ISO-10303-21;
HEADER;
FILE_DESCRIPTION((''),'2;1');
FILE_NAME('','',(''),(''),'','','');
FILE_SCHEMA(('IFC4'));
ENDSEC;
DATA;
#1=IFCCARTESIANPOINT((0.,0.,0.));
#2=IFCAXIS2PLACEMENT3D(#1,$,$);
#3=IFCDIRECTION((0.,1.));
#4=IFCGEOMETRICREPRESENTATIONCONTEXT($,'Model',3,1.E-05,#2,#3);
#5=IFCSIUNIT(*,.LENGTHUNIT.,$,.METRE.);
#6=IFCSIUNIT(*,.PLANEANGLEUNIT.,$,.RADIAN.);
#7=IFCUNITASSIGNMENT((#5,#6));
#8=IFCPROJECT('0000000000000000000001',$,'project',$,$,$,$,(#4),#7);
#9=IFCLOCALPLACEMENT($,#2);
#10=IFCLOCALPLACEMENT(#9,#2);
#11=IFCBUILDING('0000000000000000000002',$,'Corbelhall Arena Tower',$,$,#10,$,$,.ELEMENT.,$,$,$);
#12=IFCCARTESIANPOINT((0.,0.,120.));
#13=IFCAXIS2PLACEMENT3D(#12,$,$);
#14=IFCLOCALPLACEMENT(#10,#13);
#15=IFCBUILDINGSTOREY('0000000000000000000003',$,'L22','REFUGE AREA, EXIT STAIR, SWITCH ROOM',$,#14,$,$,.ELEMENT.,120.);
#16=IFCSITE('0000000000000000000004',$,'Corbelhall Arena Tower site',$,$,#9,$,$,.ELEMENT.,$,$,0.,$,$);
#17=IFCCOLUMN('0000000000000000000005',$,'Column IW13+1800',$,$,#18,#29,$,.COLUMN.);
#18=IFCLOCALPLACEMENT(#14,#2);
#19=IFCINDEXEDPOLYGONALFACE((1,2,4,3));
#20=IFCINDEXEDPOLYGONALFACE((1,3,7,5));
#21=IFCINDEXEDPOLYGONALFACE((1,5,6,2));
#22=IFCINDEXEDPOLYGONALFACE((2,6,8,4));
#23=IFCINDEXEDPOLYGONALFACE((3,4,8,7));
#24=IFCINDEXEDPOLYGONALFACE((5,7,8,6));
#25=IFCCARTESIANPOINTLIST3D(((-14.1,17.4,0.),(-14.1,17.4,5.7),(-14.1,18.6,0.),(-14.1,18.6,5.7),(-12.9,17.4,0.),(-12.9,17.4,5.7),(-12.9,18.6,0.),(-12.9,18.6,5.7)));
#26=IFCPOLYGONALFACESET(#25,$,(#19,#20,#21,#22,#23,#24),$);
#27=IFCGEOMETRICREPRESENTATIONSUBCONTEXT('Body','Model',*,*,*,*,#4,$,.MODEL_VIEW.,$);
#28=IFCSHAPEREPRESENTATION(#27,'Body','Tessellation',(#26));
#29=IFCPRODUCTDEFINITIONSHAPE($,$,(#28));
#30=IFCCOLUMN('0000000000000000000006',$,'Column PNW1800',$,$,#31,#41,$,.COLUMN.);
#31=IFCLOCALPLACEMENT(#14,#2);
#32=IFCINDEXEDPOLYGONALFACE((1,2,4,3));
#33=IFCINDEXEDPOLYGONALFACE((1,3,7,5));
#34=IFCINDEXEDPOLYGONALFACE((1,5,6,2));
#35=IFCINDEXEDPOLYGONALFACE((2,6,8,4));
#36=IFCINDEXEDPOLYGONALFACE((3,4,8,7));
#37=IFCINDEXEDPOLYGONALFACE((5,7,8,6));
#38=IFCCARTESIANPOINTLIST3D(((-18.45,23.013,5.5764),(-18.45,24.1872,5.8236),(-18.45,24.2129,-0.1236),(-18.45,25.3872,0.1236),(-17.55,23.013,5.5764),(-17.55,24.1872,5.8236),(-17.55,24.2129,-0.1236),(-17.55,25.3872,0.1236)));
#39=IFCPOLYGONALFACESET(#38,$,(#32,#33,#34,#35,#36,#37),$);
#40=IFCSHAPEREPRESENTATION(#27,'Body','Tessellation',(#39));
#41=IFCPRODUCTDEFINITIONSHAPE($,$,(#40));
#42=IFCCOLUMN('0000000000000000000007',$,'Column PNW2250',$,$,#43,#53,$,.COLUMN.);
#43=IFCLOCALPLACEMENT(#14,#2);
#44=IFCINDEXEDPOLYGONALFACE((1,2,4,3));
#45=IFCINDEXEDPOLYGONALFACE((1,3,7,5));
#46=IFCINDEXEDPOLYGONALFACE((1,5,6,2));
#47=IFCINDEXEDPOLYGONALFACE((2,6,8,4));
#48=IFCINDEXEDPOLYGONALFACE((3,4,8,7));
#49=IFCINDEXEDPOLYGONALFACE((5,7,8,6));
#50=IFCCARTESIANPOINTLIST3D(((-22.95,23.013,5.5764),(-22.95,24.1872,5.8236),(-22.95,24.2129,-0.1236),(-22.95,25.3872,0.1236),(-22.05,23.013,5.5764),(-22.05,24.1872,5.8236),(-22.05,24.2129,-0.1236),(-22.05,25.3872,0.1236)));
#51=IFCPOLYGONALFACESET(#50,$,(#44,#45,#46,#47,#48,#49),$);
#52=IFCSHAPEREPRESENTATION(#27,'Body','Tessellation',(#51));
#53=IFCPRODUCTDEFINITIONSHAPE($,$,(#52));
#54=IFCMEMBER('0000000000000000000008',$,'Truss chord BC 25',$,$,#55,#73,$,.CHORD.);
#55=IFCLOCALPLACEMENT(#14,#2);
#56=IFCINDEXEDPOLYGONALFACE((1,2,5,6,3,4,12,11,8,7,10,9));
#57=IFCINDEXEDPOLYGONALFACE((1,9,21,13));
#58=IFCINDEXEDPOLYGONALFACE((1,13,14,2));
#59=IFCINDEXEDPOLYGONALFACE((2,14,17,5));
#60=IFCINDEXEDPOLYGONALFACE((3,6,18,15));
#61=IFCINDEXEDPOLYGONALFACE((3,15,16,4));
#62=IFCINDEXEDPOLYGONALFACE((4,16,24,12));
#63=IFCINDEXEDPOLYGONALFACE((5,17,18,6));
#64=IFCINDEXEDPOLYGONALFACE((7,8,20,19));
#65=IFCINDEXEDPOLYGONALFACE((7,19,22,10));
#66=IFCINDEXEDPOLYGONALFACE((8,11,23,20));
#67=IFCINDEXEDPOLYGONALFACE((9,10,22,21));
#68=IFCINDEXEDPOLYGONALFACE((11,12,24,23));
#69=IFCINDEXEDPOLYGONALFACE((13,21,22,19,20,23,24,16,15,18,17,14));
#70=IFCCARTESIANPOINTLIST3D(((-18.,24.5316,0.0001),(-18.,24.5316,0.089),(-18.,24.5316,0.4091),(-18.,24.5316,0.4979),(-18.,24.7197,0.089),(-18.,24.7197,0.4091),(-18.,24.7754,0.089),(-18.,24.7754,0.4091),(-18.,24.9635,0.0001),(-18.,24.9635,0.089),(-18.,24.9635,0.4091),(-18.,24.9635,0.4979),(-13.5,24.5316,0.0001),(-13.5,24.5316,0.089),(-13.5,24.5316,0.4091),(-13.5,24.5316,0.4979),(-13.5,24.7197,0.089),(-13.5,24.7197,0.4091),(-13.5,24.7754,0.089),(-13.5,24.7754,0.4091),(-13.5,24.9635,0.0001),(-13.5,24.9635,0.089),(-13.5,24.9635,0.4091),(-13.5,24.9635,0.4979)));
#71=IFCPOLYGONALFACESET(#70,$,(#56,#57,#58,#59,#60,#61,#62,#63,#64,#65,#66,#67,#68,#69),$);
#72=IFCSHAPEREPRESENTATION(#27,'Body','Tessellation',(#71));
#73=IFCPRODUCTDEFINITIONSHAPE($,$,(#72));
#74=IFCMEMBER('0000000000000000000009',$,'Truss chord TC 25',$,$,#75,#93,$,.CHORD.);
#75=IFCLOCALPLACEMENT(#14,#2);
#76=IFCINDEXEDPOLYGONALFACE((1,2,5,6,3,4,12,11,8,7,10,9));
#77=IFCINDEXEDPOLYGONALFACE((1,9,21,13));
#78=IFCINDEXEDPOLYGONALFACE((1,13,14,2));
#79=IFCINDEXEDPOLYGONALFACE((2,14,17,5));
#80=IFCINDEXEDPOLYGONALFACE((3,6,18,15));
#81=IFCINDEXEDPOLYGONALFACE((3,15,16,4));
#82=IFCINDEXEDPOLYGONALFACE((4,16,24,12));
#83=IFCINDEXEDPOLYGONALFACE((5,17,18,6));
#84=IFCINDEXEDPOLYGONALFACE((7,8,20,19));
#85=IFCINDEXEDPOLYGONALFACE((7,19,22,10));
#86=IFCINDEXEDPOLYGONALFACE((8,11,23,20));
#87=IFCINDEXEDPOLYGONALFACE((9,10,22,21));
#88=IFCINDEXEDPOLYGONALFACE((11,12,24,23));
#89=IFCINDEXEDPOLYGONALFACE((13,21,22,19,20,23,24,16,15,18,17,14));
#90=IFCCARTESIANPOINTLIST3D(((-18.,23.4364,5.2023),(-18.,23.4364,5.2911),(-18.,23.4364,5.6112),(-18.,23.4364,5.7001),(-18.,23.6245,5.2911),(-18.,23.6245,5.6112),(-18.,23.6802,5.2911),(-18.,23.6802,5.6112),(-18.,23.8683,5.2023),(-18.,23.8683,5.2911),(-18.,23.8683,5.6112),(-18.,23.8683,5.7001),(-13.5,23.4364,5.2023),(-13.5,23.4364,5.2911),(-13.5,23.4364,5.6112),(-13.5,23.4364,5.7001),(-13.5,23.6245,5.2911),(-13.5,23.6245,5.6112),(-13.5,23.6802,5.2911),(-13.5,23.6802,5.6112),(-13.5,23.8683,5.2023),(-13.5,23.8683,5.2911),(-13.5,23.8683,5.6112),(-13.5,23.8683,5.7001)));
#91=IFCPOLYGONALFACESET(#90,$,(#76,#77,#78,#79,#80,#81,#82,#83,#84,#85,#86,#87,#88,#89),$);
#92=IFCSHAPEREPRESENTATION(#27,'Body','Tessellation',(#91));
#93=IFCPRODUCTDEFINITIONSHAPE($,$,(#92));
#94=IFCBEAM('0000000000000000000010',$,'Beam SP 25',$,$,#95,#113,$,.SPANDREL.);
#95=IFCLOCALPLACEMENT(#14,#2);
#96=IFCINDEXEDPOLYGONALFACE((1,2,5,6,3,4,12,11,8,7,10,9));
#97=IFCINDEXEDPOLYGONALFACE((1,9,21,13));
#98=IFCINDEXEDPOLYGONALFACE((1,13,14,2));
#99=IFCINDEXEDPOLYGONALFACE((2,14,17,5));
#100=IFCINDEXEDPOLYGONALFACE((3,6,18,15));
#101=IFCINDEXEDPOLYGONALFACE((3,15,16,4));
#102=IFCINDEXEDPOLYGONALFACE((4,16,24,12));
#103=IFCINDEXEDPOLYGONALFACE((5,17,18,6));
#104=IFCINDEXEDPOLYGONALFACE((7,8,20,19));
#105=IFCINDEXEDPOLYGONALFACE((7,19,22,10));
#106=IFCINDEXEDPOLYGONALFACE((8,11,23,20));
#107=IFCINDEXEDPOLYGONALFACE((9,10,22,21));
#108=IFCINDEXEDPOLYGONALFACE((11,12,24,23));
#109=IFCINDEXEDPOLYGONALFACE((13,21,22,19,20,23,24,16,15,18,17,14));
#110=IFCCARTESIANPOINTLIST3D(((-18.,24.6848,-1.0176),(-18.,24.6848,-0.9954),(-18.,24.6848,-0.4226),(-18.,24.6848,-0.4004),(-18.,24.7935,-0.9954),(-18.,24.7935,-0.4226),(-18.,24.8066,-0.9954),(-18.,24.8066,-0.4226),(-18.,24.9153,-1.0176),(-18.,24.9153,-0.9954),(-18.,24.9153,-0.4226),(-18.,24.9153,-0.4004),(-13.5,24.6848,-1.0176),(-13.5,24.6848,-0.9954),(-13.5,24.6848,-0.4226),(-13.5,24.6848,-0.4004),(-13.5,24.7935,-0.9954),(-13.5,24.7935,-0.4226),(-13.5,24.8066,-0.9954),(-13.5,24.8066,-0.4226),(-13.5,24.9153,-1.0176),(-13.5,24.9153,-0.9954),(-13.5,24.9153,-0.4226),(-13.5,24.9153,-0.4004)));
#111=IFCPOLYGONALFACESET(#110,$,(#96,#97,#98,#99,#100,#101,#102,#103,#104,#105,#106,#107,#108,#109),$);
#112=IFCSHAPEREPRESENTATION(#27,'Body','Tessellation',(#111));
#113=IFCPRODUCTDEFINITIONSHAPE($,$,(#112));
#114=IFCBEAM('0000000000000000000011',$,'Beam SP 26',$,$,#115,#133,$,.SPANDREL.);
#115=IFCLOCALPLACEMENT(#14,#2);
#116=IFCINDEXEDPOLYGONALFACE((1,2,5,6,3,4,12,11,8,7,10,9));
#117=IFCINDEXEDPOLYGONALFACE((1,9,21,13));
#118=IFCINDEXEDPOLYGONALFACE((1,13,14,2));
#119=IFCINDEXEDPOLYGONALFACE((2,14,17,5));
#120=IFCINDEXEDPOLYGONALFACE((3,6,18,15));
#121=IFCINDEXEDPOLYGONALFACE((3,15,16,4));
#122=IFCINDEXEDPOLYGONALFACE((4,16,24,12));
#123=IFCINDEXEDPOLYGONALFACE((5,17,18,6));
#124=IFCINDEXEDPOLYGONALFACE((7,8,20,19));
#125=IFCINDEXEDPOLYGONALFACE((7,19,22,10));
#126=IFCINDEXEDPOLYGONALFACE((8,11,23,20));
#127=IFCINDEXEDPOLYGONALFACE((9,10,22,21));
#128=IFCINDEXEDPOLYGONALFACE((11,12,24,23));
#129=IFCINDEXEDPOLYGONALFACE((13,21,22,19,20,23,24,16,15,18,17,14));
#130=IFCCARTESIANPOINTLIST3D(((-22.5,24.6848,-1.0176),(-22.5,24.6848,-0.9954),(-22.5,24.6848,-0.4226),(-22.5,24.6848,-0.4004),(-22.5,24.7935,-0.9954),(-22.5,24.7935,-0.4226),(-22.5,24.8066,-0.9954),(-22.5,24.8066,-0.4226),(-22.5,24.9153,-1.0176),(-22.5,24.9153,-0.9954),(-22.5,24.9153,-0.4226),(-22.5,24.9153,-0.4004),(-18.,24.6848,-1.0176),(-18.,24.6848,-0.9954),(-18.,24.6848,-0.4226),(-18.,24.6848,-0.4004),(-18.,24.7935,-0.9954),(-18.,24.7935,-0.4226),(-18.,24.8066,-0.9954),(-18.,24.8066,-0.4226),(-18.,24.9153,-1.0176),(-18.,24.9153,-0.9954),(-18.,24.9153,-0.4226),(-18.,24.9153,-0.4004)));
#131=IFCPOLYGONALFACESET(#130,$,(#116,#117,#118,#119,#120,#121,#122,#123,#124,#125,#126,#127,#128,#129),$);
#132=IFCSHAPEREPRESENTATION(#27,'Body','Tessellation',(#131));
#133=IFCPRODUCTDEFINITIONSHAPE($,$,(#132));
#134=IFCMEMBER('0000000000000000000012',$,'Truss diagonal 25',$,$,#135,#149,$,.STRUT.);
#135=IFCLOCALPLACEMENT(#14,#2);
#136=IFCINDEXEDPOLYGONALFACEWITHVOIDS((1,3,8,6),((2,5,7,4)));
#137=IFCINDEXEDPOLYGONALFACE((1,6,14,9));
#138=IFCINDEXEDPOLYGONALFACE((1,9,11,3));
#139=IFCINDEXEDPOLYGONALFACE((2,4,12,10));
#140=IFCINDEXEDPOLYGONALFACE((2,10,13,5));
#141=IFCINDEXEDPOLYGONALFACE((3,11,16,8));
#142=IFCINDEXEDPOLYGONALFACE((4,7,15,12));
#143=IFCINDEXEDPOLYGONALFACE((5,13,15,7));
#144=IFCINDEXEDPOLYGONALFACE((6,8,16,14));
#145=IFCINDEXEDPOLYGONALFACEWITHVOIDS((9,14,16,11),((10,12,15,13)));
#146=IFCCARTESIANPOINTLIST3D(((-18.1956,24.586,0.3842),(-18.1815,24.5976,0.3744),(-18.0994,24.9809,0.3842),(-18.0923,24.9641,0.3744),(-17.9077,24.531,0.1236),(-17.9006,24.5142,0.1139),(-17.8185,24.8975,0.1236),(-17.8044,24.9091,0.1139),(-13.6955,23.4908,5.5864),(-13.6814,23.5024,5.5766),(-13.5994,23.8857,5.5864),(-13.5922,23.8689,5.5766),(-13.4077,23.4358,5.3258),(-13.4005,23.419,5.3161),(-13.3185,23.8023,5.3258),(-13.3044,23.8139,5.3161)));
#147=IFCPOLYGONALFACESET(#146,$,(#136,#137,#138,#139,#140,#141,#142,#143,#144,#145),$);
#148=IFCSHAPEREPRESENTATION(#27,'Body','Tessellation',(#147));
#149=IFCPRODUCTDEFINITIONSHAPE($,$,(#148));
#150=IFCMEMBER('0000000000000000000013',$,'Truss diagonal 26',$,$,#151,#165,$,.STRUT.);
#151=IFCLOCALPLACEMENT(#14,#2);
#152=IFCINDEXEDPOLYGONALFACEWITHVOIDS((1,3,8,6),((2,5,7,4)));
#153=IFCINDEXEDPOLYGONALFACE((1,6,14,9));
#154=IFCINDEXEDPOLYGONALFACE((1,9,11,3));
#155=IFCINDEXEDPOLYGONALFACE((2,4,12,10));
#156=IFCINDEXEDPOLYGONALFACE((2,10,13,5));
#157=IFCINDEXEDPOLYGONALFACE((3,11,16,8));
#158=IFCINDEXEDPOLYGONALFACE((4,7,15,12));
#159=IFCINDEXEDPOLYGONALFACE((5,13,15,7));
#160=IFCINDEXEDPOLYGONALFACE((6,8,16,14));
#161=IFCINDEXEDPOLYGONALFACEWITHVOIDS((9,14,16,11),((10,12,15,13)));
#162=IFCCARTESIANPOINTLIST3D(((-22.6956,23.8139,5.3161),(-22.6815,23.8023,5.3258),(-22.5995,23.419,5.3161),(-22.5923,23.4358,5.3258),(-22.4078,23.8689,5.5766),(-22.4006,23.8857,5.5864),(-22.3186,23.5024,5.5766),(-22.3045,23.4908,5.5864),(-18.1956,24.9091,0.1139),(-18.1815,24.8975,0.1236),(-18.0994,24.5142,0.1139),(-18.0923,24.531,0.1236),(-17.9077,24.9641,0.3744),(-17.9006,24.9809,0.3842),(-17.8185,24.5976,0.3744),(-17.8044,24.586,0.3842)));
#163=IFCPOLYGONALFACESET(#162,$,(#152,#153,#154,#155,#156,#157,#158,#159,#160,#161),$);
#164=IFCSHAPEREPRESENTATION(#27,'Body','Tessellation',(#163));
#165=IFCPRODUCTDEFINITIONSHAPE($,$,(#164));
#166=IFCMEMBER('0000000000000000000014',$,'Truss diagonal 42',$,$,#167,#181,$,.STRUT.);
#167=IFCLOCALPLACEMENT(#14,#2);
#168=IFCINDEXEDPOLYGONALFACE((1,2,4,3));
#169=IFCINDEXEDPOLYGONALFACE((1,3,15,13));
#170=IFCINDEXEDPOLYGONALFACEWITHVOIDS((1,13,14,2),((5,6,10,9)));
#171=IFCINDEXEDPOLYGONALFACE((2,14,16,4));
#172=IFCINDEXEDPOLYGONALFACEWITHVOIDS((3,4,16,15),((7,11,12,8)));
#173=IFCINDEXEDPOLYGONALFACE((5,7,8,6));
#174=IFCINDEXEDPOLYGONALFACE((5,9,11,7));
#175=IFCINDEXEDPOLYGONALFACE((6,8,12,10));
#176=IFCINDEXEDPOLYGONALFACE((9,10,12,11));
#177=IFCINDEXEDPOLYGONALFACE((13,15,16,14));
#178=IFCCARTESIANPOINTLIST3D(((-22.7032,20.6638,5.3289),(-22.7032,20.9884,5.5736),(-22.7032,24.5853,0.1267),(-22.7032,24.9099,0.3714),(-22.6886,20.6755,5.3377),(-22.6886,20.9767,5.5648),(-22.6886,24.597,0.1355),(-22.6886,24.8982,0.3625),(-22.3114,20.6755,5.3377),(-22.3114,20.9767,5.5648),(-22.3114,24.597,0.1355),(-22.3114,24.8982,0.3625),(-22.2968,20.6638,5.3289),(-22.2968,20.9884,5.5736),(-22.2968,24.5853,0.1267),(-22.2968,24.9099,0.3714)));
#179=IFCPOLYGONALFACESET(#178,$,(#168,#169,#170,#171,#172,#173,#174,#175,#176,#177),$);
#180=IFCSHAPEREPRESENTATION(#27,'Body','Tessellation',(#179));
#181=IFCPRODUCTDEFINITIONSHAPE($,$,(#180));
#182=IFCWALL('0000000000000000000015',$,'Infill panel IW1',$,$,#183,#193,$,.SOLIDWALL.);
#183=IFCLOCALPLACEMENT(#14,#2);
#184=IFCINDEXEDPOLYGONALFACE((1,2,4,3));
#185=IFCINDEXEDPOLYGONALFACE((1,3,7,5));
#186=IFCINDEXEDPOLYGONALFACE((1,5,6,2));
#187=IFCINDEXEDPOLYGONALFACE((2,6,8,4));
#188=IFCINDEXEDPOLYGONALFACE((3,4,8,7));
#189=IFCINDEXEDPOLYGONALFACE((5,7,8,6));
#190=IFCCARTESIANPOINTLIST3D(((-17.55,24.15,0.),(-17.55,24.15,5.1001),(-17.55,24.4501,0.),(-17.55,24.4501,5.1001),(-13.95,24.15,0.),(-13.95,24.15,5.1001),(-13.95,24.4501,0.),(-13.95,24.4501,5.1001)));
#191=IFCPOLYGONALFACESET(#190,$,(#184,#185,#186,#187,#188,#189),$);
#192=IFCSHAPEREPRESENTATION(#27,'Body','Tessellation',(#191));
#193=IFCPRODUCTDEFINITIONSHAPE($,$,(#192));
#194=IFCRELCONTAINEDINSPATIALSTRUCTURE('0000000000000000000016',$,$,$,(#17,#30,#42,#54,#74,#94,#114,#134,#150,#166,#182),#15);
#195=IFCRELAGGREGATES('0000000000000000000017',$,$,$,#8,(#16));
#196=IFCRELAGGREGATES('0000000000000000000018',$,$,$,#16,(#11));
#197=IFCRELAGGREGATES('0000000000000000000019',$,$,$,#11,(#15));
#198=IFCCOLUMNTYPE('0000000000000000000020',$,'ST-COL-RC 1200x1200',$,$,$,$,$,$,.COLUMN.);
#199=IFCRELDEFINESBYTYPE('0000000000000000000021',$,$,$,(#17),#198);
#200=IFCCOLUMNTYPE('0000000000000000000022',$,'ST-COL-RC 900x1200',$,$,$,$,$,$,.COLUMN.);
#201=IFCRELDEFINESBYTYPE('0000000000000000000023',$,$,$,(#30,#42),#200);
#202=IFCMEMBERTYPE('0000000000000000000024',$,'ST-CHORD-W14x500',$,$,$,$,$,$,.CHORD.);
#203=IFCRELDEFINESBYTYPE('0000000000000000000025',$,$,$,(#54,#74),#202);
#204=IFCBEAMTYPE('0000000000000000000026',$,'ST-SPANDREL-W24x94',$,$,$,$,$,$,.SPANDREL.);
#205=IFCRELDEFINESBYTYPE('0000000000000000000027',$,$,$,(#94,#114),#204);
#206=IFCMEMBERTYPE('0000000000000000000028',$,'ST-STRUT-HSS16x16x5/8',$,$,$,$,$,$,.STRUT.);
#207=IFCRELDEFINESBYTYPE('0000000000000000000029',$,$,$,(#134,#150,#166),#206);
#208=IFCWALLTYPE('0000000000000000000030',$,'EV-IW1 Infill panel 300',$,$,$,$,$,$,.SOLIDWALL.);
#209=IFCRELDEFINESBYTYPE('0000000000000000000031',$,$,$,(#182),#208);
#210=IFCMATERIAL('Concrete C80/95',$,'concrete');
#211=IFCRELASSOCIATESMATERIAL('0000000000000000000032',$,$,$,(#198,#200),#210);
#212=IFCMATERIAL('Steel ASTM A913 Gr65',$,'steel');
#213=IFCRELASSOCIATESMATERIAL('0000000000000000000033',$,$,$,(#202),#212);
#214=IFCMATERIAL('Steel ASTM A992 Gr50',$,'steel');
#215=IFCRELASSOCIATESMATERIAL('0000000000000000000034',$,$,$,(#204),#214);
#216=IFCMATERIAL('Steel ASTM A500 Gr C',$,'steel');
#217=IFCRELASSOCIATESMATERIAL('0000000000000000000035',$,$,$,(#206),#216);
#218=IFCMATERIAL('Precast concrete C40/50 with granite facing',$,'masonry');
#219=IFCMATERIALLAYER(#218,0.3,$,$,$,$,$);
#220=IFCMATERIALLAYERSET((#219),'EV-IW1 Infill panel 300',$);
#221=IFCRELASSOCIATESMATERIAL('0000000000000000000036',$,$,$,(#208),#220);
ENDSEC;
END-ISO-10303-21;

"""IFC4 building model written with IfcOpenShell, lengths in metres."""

from ifc_helpers import new_model, si_unit, direction, frame, frame_2d, origin, origin_2d, place, context, subcontext, project, spatial, rectangle, hollow_rectangle, i_section, extrude, material, layer, layer_set, material_profile, profile_set, type_object, element, save


model = new_model("IFC4")

# Units and contexts
model_context = context("Model", 3, precision=1e-05, world=origin(), true_north=direction((0.0, 1.0)))
body_context = subcontext(model_context, "Body", "Model", "MODEL_VIEW")
ifc_project = project(units=[si_unit("LENGTHUNIT", "METRE"), si_unit("PLANEANGLEUNIT", "RADIAN")], contexts=[model_context])

# Site, building, storey
site_placement = place(None, origin())
site = spatial("IfcSite", under=ifc_project, at=site_placement, Name="Corbelhall Arena Tower site", CompositionType="ELEMENT", RefElevation=0.0)
building_placement = place(site_placement, origin())
building = spatial("IfcBuilding", under=site, at=building_placement, Name="Corbelhall Arena Tower", CompositionType="ELEMENT")
storey_placement = place(building_placement, frame((0.0, 0.0, 120.0)))
storey = spatial("IfcBuildingStorey", under=building, at=storey_placement, Name="L22", Description="REFUGE AREA, EXIT STAIR, SWITCH ROOM", CompositionType="ELEMENT", Elevation=120.0)

# Columns
ifc_material_1 = material(Name="Concrete C80/95", Category="concrete")
ifc_material_profile_1 = material_profile(ifc_material_1, rectangle(XDim=1.2, YDim=1.2, at=origin_2d()))
ifc_profile_set_1 = profile_set([ifc_material_profile_1], Name="Concrete C80/95")
column_type_1 = type_object("IfcColumnType", Name="ST-COL-RC 1200x1200", PredefinedType="COLUMN", material=ifc_profile_set_1)
column_placement = place(storey_placement, frame((-13.5, 18.0, 0.0), z_axis=(0.0, 0.0, 1.0), x_axis=(1.0, 0.0, 0.0)))
element("IfcColumn", 1, at=column_placement, inside=storey, type_object=column_type_1, Name="Column IW13+1800", PredefinedType="COLUMN", context=body_context, shape_type="SweptSolid", body=[
    extrude(rectangle(XDim=1.2, YDim=1.2, at=origin_2d()), origin(), (0.0, 0.0, 1.0), 5.7),
])
ifc_material_profile_2 = material_profile(ifc_material_1, rectangle(XDim=0.8999, YDim=1.2, at=origin_2d()))
ifc_profile_set_2 = profile_set([ifc_material_profile_2], Name="Concrete C80/95")
column_type_2 = type_object("IfcColumnType", Name="ST-COL-RC 900x1200", PredefinedType="COLUMN", material=ifc_profile_set_2)
for number, where, z_axis, x_axis, name in (
    (2, (-18.0, 24.8, 0.0), (0.0, -0.206004, 0.978551), (1.0, 0.0, 0.0), "Column PNW1800"),
    (3, (-22.5, 24.8, 0.0), (0.0, -0.206004, 0.978551), (1.0, 0.0, 0.0), "Column PNW2250"),
):
    element("IfcColumn", number, at=place(storey_placement, frame(where, z_axis=z_axis, x_axis=x_axis)), inside=storey, type_object=column_type_2, Name=name, PredefinedType="COLUMN", context=body_context, shape_type="SweptSolid", body=[
        extrude(rectangle(XDim=0.8999, YDim=1.2, at=origin_2d()), origin(), (0.0, 0.0, 1.0), 5.825),
    ])

# Members
ifc_material_2 = material(Name="Steel ASTM A913 Gr65", Category="steel")
ifc_material_profile_3 = material_profile(ifc_material_2, i_section(OverallWidth=0.4319, OverallDepth=0.4978, WebThickness=0.0557, FlangeThickness=0.0889, at=origin_2d()))
ifc_profile_set_3 = profile_set([ifc_material_profile_3], Name="Steel ASTM A913 Gr65")
member_type_1 = type_object("IfcMemberType", Name="ST-CHORD-W14x500", PredefinedType="CHORD", material=ifc_profile_set_3)
for number, where, z_axis, x_axis, name in (
    (4, (-18.0, 24.7476, 0.249), (1.0, 0.0, 0.0), (0.0, 1.0, 0.0), "Truss chord BC 25"),
    (5, (-18.0, 23.6523, 5.4512), (1.0, 0.0, 0.0), (0.0, 1.0, 0.0), "Truss chord TC 25"),
):
    element("IfcMember", number, at=place(storey_placement, frame(where, z_axis=z_axis, x_axis=x_axis)), inside=storey, type_object=member_type_1, Name=name, PredefinedType="CHORD", context=body_context, shape_type="SweptSolid", body=[
        extrude(i_section(OverallWidth=0.4319, OverallDepth=0.4978, WebThickness=0.0557, FlangeThickness=0.0889, at=origin_2d()), origin(), (0.0, 0.0, 1.0), 4.5),
    ])

# Beams
ifc_material_3 = material(Name="Steel ASTM A992 Gr50", Category="steel")
ifc_material_profile_4 = material_profile(ifc_material_3, i_section(OverallWidth=0.2305, OverallDepth=0.6172, WebThickness=0.0132, FlangeThickness=0.0222, at=origin_2d()))
ifc_profile_set_4 = profile_set([ifc_material_profile_4], Name="Steel ASTM A992 Gr50")
beam_type = type_object("IfcBeamType", Name="ST-SPANDREL-W24x94", PredefinedType="SPANDREL", material=ifc_profile_set_4)
for number, where, z_axis, x_axis, name in (
    (6, (-18.0, 24.8, -0.709), (1.0, 0.0, 0.0), (0.0, 1.0, 0.0), "Beam SP 25"),
    (7, (-22.5, 24.8, -0.709), (1.0, 0.0, 0.0), (0.0, 1.0, 0.0), "Beam SP 26"),
):
    element("IfcBeam", number, at=place(storey_placement, frame(where, z_axis=z_axis, x_axis=x_axis)), inside=storey, type_object=beam_type, Name=name, PredefinedType="SPANDREL", context=body_context, shape_type="SweptSolid", body=[
        extrude(i_section(OverallWidth=0.2305, OverallDepth=0.6172, WebThickness=0.0132, FlangeThickness=0.0222, at=origin_2d()), origin(), (0.0, 0.0, 1.0), 4.5),
    ])

# Members
ifc_material_4 = material(Name="Steel ASTM A500 Gr C", Category="steel")
ifc_material_profile_5 = material_profile(ifc_material_4, hollow_rectangle(XDim=0.4065, YDim=0.4065, WallThickness=0.0146, at=origin_2d()))
ifc_profile_set_5 = profile_set([ifc_material_profile_5], Name="Steel ASTM A500 Gr C")
member_type_2 = type_object("IfcMemberType", Name="ST-STRUT-HSS16x16x5/8", PredefinedType="STRUT", material=ifc_profile_set_5)
for number, where, z_axis, x_axis, name in (
    (8, (-18.0, 24.7476, 0.249), (0.646083, -0.157244, 0.746894), (0.236478, 0.971637, 0.0), "Truss diagonal 25"),
    (9, (-18.0, 24.7476, 0.249), (-0.646083, -0.157244, 0.746894), (0.236478, -0.971637, 0.0), "Truss diagonal 26"),
):
    element("IfcMember", number, at=place(storey_placement, frame(where, z_axis=z_axis, x_axis=x_axis)), inside=storey, type_object=member_type_2, Name=name, PredefinedType="STRUT", context=body_context, shape_type="SweptSolid", body=[
        extrude(hollow_rectangle(XDim=0.4065, YDim=0.4065, WallThickness=0.0146, at=origin_2d()), origin(), (0.0, 0.0, 1.0), 6.9651),
    ])
member_placement = place(storey_placement, frame((-22.5, 24.7476, 0.249), z_axis=(0.0, -0.601941, 0.798541), x_axis=(1.0, 0.0, 0.0)))
element("IfcMember", 10, at=member_placement, inside=storey, type_object=member_type_2, Name="Truss diagonal 42", PredefinedType="STRUT", context=body_context, shape_type="SweptSolid", body=[
    extrude(hollow_rectangle(XDim=0.4065, YDim=0.4065, WallThickness=0.0146, at=origin_2d()), origin(), (0.0, 0.0, 1.0), 6.5146),
])

# Wall
ifc_material_5 = material(Name="Precast concrete C40/50 with granite facing", Category="masonry")
ifc_layer_1 = layer(ifc_material_5, 0.3)
ifc_layer_set_1 = layer_set([ifc_layer_1], Name="EV-IW1 Infill panel 300")
wall_type_1 = type_object("IfcWallType", Name="EV-IW1 Infill panel 300", PredefinedType="SOLIDWALL", material=ifc_layer_set_1)
for number, where, z_axis, x_axis, name in (
    (11, (-13.95, 24.3, 0.0), (0.0, 0.0, 1.0), (-1.0, 0.0, 0.0), "Infill panel IW1"),
):
    element("IfcWall", number, at=place(storey_placement, frame(where, z_axis=z_axis, x_axis=x_axis)), inside=storey, type_object=wall_type_1, Name=name, PredefinedType="SOLIDWALL", context=body_context, shape_type="SweptSolid", body=[
        extrude(rectangle(XDim=3.6001, YDim=0.3, at=frame_2d((1.8, 0.0))), origin(), (0.0, 0.0, 1.0), 5.1001),
    ])

save(model, "model.ifc")
